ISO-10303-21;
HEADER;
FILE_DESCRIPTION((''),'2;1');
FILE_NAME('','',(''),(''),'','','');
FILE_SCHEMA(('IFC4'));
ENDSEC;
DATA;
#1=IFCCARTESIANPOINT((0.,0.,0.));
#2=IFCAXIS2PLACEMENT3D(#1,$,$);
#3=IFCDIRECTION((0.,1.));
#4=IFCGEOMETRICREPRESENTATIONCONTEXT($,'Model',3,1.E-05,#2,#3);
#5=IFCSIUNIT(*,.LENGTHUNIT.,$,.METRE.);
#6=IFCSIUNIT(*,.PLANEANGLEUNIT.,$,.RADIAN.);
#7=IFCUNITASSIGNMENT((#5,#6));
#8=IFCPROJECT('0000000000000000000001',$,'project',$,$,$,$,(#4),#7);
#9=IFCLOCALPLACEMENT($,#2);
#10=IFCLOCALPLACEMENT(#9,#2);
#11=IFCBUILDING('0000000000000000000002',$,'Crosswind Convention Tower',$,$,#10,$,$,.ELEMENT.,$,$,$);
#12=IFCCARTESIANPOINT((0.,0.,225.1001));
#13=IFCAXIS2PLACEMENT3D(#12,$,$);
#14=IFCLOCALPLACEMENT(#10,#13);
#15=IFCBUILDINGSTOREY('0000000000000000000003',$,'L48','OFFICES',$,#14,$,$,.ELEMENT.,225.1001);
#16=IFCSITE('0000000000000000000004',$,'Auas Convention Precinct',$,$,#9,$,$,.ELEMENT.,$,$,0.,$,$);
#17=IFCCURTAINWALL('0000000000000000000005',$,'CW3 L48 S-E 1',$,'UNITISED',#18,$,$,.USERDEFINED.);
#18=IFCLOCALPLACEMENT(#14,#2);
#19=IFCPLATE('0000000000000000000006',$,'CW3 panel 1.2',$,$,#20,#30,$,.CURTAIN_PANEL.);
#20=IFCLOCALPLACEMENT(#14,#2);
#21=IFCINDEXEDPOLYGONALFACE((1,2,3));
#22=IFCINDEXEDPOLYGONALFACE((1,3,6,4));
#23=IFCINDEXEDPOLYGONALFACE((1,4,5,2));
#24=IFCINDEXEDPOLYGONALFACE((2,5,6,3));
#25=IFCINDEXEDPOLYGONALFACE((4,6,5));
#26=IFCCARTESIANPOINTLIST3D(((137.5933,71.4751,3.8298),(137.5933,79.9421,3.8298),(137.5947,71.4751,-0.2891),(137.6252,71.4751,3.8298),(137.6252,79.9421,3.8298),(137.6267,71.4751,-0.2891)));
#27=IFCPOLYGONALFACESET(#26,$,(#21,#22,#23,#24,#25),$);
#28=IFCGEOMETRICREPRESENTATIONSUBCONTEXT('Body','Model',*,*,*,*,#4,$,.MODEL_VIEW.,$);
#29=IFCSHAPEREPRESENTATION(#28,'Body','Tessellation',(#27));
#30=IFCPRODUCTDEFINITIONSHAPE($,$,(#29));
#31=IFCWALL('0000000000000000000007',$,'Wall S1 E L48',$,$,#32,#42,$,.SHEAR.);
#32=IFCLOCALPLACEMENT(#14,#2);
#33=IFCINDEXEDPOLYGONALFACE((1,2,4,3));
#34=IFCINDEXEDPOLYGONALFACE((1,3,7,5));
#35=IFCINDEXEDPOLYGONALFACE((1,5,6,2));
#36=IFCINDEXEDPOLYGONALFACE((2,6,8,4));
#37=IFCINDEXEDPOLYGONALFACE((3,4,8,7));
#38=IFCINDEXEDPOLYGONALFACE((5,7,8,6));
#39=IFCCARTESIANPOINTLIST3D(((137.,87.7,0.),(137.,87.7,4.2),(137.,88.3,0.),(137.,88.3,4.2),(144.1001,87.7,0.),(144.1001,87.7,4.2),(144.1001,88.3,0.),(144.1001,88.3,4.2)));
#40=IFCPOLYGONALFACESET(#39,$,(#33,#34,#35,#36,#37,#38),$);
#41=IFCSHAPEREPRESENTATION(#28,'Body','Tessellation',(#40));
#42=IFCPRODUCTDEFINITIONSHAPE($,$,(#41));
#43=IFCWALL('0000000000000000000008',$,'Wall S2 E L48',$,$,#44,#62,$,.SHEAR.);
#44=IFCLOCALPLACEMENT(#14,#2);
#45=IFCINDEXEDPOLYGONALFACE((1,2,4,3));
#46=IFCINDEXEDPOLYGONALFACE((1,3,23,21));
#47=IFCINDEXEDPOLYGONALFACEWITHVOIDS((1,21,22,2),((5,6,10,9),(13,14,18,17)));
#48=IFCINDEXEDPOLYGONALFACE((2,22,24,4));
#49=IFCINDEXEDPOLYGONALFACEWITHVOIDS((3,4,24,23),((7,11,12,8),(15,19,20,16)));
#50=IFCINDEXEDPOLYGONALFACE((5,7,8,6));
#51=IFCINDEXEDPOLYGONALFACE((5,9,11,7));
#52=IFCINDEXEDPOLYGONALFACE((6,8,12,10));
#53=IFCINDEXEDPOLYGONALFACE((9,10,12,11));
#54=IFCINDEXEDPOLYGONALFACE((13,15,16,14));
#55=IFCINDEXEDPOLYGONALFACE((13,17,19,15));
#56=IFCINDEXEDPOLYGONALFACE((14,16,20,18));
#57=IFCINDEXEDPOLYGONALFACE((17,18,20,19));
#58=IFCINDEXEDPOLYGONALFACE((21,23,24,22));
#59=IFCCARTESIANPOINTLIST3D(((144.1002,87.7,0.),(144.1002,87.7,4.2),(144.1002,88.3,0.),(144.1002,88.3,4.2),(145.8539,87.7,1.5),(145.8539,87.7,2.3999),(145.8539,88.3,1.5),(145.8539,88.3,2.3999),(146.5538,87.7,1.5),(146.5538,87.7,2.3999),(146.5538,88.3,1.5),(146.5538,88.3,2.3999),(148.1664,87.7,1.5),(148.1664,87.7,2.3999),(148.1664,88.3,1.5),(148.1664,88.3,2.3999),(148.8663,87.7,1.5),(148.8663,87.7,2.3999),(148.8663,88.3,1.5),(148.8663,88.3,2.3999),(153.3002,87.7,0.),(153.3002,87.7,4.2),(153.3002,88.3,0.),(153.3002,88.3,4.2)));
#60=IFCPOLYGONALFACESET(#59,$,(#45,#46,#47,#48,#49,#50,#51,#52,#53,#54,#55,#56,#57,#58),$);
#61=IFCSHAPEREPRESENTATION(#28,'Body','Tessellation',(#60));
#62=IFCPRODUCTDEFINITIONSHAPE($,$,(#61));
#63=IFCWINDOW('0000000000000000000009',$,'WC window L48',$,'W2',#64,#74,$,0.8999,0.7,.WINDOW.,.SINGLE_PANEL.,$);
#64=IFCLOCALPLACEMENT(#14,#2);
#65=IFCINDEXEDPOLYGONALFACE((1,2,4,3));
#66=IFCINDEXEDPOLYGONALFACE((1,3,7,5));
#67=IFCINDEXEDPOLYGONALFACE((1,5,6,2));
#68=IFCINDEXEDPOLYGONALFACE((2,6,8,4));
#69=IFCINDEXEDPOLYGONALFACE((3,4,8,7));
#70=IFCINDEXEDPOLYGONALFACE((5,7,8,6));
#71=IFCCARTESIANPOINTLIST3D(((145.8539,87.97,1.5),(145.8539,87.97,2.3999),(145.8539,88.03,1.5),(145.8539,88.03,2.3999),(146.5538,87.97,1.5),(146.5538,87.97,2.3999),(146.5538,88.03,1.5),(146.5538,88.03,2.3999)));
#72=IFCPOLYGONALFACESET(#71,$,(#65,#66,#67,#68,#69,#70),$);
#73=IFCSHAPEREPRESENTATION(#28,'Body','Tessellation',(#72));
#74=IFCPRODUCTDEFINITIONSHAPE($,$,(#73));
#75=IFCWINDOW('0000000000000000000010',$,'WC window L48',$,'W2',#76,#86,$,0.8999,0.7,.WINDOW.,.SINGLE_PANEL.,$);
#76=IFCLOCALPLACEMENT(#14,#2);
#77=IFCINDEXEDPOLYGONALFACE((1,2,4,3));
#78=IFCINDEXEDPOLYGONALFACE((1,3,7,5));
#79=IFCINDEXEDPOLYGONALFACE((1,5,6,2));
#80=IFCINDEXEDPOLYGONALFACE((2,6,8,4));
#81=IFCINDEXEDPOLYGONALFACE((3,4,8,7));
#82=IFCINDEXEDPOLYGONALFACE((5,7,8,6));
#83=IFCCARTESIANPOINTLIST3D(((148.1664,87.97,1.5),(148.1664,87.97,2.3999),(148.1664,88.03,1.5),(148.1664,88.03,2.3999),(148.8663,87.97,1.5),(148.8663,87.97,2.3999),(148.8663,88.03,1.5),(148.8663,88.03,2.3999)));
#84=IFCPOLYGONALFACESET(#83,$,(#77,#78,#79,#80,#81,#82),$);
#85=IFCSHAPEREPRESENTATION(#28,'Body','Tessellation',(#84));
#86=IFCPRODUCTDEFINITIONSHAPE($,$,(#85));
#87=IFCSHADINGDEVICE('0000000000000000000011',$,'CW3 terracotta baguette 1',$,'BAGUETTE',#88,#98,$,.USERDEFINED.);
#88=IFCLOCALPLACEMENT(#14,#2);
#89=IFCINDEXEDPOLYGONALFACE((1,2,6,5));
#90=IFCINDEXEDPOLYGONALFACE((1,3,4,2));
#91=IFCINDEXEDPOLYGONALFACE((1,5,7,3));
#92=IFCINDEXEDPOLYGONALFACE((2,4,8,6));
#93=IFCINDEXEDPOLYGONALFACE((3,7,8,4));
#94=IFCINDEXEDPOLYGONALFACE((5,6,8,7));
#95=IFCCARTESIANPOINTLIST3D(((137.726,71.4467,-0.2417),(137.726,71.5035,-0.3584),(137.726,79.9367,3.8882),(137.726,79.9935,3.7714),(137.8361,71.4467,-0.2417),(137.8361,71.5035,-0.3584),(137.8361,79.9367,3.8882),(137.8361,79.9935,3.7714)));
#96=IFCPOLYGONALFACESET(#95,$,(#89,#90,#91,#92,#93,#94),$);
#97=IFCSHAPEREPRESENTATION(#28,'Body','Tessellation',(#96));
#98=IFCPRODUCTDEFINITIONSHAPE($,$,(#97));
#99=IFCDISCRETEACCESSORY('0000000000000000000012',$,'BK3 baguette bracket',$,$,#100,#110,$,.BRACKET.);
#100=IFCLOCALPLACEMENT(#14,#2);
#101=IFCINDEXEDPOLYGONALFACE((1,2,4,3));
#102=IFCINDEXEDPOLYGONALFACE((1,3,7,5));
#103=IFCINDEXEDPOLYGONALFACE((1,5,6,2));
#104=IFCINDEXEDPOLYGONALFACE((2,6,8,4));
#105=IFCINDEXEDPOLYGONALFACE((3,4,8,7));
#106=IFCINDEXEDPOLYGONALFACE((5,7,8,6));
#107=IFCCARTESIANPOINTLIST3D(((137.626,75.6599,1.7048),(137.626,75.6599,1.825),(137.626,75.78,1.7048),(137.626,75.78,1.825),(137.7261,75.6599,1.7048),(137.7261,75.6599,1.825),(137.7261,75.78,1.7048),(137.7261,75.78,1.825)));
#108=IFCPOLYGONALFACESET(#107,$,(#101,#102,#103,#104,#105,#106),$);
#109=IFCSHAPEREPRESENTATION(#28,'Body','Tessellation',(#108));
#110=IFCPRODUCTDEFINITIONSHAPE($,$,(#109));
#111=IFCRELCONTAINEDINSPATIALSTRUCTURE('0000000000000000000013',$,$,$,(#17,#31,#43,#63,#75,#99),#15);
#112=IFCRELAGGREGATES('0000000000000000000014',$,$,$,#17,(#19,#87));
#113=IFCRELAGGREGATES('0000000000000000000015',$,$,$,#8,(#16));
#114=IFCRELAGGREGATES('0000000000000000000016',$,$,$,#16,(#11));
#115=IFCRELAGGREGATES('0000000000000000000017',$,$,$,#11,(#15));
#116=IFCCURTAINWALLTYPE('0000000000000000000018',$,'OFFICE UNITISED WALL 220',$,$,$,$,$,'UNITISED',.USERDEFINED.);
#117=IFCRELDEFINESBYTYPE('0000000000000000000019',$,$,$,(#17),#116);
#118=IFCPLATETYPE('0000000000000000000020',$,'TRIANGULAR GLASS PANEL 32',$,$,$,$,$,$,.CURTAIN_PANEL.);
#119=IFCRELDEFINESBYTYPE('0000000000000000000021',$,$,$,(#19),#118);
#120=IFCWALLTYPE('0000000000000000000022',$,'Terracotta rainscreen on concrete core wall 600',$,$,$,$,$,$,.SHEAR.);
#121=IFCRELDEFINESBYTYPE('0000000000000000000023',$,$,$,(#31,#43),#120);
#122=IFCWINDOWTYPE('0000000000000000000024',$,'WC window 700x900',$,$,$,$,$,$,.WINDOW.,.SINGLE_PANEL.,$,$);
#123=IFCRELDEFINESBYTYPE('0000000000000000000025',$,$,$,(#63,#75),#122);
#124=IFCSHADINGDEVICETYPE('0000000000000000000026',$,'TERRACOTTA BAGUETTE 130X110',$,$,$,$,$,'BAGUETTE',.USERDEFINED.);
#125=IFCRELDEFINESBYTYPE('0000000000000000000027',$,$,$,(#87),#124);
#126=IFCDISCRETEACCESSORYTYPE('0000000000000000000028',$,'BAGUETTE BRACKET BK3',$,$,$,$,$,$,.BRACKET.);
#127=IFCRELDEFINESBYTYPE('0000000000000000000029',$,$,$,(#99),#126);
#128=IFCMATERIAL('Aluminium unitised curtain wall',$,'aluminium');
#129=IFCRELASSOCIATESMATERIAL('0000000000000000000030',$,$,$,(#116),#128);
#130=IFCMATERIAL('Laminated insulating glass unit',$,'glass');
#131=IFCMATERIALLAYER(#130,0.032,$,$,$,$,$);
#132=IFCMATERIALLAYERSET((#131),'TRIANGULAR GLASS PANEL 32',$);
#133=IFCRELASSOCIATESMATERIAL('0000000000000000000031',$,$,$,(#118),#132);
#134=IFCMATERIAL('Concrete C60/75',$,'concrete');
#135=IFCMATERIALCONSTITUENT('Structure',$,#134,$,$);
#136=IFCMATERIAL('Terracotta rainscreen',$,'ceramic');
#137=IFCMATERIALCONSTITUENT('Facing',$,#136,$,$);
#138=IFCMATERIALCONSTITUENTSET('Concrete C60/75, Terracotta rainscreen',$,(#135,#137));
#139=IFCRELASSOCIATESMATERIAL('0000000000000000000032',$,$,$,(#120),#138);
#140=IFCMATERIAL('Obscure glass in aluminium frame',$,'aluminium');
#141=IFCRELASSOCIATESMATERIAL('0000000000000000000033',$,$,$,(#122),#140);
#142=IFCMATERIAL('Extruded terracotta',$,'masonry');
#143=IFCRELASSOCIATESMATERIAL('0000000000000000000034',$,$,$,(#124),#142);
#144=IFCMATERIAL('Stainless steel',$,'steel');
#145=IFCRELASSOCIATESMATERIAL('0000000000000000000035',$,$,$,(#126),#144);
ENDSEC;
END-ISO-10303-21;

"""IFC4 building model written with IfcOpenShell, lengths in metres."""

from ifc_helpers import new_model, si_unit, direction, frame, frame_2d, origin, origin_2d, place, context, subcontext, project, spatial, polyline, rectangle, outline, extrude, material, layer, layer_set, constituent, constituent_set, material_profile, profile_set, type_object, element, fill, aggregate, save


model = new_model("IFC4")

# Units and contexts
model_context = context("Model", 3, precision=1e-05, world=origin(), true_north=direction((0.0, 1.0)))
body_context = subcontext(model_context, "Body", "Model", "MODEL_VIEW")
ifc_project = project(units=[si_unit("LENGTHUNIT", "METRE"), si_unit("PLANEANGLEUNIT", "RADIAN")], contexts=[model_context])

# Site, building, storey
site_placement = place(None, origin())
site = spatial("IfcSite", under=ifc_project, at=site_placement, Name="Auas Convention Precinct", CompositionType="ELEMENT", RefElevation=0.0)
building_placement = place(site_placement, origin())
building = spatial("IfcBuilding", under=site, at=building_placement, Name="Crosswind Convention Tower", CompositionType="ELEMENT")
storey_placement = place(building_placement, frame((0.0, 0.0, 225.1001)))
storey = spatial("IfcBuildingStorey", under=building, at=storey_placement, Name="L48", Description="OFFICES", CompositionType="ELEMENT", Elevation=225.1001)

# Shared definitions
ifc_material_1 = material(Name="Concrete C60/75", Category="concrete")

# Shared definitions
ifc_material_2 = material(Name="Aluminium unitised curtain wall", Category="aluminium")

# Curtain wall
curtain_wall_type_1 = type_object("IfcCurtainWallType", Name="OFFICE UNITISED WALL 220", ElementType="UNITISED", PredefinedType="USERDEFINED", material=ifc_material_2)
curtain_wall_1_placement = place(storey_placement, origin())
curtain_wall_1 = element("IfcCurtainWall", 1, at=curtain_wall_1_placement, inside=storey, type_object=curtain_wall_type_1, Name="CW3 L48 S-E 1", ObjectType="UNITISED", PredefinedType="USERDEFINED")

# Plate
ifc_material_3 = material(Name="Laminated insulating glass unit", Category="glass")
ifc_layer_1 = layer(ifc_material_3, 0.032)
ifc_layer_set_1 = layer_set([ifc_layer_1], Name="TRIANGULAR GLASS PANEL 32")
plate_type_1 = type_object("IfcPlateType", Name="TRIANGULAR GLASS PANEL 32", PredefinedType="CURTAIN_PANEL", material=ifc_layer_set_1)
plate_1_placement = place(storey_placement, frame((137.6252, 71.4751, 3.8298), z_axis=(1.0, 0.0, 0.000356), x_axis=(0.000356, 0.0, -1.0)))
plate_1 = element("IfcPlate", 2, at=plate_1_placement, type_object=plate_type_1, Name="CW3 panel 1.2", PredefinedType="CURTAIN_PANEL", context=body_context, shape_type="SweptSolid", body=[
    extrude(outline(polyline([(0.0, 0.0), (4.1189, 0.0), (0.0, 8.467), (0.0, 0.0)])), origin(), (0.0, 0.0, -1.0), 0.032),
])

# Wall
ifc_constituent_1 = constituent(ifc_material_1, Name="Structure")
ifc_material_4 = material(Name="Terracotta rainscreen", Category="ceramic")
ifc_constituent_2 = constituent(ifc_material_4, Name="Facing")
ifc_constituent_set = constituent_set(constituents=[ifc_constituent_1, ifc_constituent_2], Name="Concrete C60/75, Terracotta rainscreen")
wall_type = type_object("IfcWallType", Name="Terracotta rainscreen on concrete core wall 600", PredefinedType="SHEAR", material=ifc_constituent_set)
wall_1_placement = place(storey_placement, frame((137.0, 88.0, 0.0), z_axis=(0.0, 0.0, 1.0), x_axis=(1.0, 0.0, 0.0)))
element("IfcWall", 3, at=wall_1_placement, inside=storey, type_object=wall_type, Name="Wall S1 E L48", PredefinedType="SHEAR", context=body_context, shape_type="SweptSolid", body=[
    extrude(rectangle(XDim=7.1001, YDim=0.6001, at=frame_2d((3.55, 0.0))), origin(), (0.0, 0.0, 1.0), 4.2),
])

# Wall, openings, windows
wall_2_placement = place(storey_placement, frame((144.1001, 88.0, 0.0), z_axis=(0.0, 0.0, 1.0), x_axis=(1.0, 0.0, 0.0)))
wall_2 = element("IfcWall", 4, at=wall_2_placement, inside=storey, type_object=wall_type, Name="Wall S2 E L48", PredefinedType="SHEAR", context=body_context, shape_type="SweptSolid", body=[
    extrude(rectangle(XDim=9.2, YDim=0.6001, at=frame_2d((4.6001, 0.0))), origin(), (0.0, 0.0, 1.0), 4.2),
])
opening_1_placement = place(wall_2_placement, frame((1.7537, 0.0, 1.5)))
opening_1 = element("IfcOpeningElement", 5, at=opening_1_placement, cuts=wall_2, PredefinedType="OPENING", context=body_context, shape_type="SweptSolid", body=[
    extrude(rectangle(XDim=0.7, YDim=0.8999, at=frame_2d((0.3501, 0.45))), frame((0.0, 0.3101, 0.0), z_axis=(0.0, -1.0, 0.0), x_axis=(1.0, 0.0, 0.0)), (0.0, 0.0, 1.0), 0.6201),
])
opening_2_placement = place(wall_2_placement, frame((4.0662, 0.0, 1.5)))
opening_2 = element("IfcOpeningElement", 6, at=opening_2_placement, cuts=wall_2, PredefinedType="OPENING", context=body_context, shape_type="SweptSolid", body=[
    extrude(rectangle(XDim=0.7, YDim=0.8999, at=frame_2d((0.3501, 0.45))), frame((0.0, 0.3101, 0.0), z_axis=(0.0, -1.0, 0.0), x_axis=(1.0, 0.0, 0.0)), (0.0, 0.0, 1.0), 0.6201),
])
ifc_material_5 = material(Name="Obscure glass in aluminium frame", Category="aluminium")
window_type = type_object("IfcWindowType", Name="WC window 700x900", PartitioningType="SINGLE_PANEL", PredefinedType="WINDOW", material=ifc_material_5)
window_1_placement = place(opening_1_placement, origin())
window_1 = element("IfcWindow", 7, at=window_1_placement, inside=storey, type_object=window_type, Name="WC window L48", ObjectType="W2", OverallHeight=0.8999, OverallWidth=0.7, PartitioningType="SINGLE_PANEL", PredefinedType="WINDOW", context=body_context, shape_type="SweptSolid", body=[
    extrude(rectangle(XDim=0.7, YDim=0.8999, at=frame_2d((0.3501, 0.45))), frame((0.0, 0.03, 0.0), z_axis=(0.0, -1.0, 0.0), x_axis=(1.0, 0.0, 0.0)), (0.0, 0.0, 1.0), 0.0601),
])
fill(opening_1, window_1)
window_2_placement = place(opening_2_placement, origin())
window_2 = element("IfcWindow", 8, at=window_2_placement, inside=storey, type_object=window_type, Name="WC window L48", ObjectType="W2", OverallHeight=0.8999, OverallWidth=0.7, PartitioningType="SINGLE_PANEL", PredefinedType="WINDOW", context=body_context, shape_type="SweptSolid", body=[
    extrude(rectangle(XDim=0.7, YDim=0.8999, at=frame_2d((0.3501, 0.45))), frame((0.0, 0.03, 0.0), z_axis=(0.0, -1.0, 0.0), x_axis=(1.0, 0.0, 0.0)), (0.0, 0.0, 1.0), 0.0601),
])
fill(opening_2, window_2)

# Shading device
ifc_material_6 = material(Name="Extruded terracotta", Category="masonry")
ifc_material_profile_1 = material_profile(ifc_material_6, rectangle(XDim=0.1101, YDim=0.1299, at=origin_2d()), Name="TC 110X130")
ifc_profile_set_1 = profile_set([ifc_material_profile_1], Name="Extruded terracotta")
shading_device_type = type_object("IfcShadingDeviceType", Name="TERRACOTTA BAGUETTE 130X110", ElementType="BAGUETTE", PredefinedType="USERDEFINED", material=ifc_profile_set_1)
shading_device_placement = place(storey_placement, frame((137.781, 71.4751, -0.3), z_axis=(0.0, 0.899251, 0.437433), x_axis=(-1.0, 0.0, 0.0)))
shading_device = element("IfcShadingDevice", 9, at=shading_device_placement, type_object=shading_device_type, Name="CW3 terracotta baguette 1", ObjectType="BAGUETTE", PredefinedType="USERDEFINED", context=body_context, shape_type="SweptSolid", body=[
    extrude(rectangle(XDim=0.1101, YDim=0.1299, at=origin_2d()), origin(), (0.0, 0.0, 1.0), 9.4412),
])
aggregate(curtain_wall_1, [plate_1, shading_device])

# Discrete accessory
ifc_material_7 = material(Name="Stainless steel", Category="steel")
discrete_accessory_type = type_object("IfcDiscreteAccessoryType", Name="BAGUETTE BRACKET BK3", PredefinedType="BRACKET", material=ifc_material_7)
discrete_accessory_placement = place(storey_placement, frame((137.676, 75.72, 1.7048), z_axis=(0.0, 0.0, 1.0), x_axis=(0.0, 1.0, 0.0)))
element("IfcDiscreteAccessory", 10, at=discrete_accessory_placement, inside=storey, type_object=discrete_accessory_type, Name="BK3 baguette bracket", PredefinedType="BRACKET", context=body_context, shape_type="SweptSolid", body=[
    extrude(rectangle(XDim=0.1201, YDim=0.1001, at=origin_2d()), origin(), (0.0, 0.0, 1.0), 0.1201),
])

save(model, "model.ifc")
